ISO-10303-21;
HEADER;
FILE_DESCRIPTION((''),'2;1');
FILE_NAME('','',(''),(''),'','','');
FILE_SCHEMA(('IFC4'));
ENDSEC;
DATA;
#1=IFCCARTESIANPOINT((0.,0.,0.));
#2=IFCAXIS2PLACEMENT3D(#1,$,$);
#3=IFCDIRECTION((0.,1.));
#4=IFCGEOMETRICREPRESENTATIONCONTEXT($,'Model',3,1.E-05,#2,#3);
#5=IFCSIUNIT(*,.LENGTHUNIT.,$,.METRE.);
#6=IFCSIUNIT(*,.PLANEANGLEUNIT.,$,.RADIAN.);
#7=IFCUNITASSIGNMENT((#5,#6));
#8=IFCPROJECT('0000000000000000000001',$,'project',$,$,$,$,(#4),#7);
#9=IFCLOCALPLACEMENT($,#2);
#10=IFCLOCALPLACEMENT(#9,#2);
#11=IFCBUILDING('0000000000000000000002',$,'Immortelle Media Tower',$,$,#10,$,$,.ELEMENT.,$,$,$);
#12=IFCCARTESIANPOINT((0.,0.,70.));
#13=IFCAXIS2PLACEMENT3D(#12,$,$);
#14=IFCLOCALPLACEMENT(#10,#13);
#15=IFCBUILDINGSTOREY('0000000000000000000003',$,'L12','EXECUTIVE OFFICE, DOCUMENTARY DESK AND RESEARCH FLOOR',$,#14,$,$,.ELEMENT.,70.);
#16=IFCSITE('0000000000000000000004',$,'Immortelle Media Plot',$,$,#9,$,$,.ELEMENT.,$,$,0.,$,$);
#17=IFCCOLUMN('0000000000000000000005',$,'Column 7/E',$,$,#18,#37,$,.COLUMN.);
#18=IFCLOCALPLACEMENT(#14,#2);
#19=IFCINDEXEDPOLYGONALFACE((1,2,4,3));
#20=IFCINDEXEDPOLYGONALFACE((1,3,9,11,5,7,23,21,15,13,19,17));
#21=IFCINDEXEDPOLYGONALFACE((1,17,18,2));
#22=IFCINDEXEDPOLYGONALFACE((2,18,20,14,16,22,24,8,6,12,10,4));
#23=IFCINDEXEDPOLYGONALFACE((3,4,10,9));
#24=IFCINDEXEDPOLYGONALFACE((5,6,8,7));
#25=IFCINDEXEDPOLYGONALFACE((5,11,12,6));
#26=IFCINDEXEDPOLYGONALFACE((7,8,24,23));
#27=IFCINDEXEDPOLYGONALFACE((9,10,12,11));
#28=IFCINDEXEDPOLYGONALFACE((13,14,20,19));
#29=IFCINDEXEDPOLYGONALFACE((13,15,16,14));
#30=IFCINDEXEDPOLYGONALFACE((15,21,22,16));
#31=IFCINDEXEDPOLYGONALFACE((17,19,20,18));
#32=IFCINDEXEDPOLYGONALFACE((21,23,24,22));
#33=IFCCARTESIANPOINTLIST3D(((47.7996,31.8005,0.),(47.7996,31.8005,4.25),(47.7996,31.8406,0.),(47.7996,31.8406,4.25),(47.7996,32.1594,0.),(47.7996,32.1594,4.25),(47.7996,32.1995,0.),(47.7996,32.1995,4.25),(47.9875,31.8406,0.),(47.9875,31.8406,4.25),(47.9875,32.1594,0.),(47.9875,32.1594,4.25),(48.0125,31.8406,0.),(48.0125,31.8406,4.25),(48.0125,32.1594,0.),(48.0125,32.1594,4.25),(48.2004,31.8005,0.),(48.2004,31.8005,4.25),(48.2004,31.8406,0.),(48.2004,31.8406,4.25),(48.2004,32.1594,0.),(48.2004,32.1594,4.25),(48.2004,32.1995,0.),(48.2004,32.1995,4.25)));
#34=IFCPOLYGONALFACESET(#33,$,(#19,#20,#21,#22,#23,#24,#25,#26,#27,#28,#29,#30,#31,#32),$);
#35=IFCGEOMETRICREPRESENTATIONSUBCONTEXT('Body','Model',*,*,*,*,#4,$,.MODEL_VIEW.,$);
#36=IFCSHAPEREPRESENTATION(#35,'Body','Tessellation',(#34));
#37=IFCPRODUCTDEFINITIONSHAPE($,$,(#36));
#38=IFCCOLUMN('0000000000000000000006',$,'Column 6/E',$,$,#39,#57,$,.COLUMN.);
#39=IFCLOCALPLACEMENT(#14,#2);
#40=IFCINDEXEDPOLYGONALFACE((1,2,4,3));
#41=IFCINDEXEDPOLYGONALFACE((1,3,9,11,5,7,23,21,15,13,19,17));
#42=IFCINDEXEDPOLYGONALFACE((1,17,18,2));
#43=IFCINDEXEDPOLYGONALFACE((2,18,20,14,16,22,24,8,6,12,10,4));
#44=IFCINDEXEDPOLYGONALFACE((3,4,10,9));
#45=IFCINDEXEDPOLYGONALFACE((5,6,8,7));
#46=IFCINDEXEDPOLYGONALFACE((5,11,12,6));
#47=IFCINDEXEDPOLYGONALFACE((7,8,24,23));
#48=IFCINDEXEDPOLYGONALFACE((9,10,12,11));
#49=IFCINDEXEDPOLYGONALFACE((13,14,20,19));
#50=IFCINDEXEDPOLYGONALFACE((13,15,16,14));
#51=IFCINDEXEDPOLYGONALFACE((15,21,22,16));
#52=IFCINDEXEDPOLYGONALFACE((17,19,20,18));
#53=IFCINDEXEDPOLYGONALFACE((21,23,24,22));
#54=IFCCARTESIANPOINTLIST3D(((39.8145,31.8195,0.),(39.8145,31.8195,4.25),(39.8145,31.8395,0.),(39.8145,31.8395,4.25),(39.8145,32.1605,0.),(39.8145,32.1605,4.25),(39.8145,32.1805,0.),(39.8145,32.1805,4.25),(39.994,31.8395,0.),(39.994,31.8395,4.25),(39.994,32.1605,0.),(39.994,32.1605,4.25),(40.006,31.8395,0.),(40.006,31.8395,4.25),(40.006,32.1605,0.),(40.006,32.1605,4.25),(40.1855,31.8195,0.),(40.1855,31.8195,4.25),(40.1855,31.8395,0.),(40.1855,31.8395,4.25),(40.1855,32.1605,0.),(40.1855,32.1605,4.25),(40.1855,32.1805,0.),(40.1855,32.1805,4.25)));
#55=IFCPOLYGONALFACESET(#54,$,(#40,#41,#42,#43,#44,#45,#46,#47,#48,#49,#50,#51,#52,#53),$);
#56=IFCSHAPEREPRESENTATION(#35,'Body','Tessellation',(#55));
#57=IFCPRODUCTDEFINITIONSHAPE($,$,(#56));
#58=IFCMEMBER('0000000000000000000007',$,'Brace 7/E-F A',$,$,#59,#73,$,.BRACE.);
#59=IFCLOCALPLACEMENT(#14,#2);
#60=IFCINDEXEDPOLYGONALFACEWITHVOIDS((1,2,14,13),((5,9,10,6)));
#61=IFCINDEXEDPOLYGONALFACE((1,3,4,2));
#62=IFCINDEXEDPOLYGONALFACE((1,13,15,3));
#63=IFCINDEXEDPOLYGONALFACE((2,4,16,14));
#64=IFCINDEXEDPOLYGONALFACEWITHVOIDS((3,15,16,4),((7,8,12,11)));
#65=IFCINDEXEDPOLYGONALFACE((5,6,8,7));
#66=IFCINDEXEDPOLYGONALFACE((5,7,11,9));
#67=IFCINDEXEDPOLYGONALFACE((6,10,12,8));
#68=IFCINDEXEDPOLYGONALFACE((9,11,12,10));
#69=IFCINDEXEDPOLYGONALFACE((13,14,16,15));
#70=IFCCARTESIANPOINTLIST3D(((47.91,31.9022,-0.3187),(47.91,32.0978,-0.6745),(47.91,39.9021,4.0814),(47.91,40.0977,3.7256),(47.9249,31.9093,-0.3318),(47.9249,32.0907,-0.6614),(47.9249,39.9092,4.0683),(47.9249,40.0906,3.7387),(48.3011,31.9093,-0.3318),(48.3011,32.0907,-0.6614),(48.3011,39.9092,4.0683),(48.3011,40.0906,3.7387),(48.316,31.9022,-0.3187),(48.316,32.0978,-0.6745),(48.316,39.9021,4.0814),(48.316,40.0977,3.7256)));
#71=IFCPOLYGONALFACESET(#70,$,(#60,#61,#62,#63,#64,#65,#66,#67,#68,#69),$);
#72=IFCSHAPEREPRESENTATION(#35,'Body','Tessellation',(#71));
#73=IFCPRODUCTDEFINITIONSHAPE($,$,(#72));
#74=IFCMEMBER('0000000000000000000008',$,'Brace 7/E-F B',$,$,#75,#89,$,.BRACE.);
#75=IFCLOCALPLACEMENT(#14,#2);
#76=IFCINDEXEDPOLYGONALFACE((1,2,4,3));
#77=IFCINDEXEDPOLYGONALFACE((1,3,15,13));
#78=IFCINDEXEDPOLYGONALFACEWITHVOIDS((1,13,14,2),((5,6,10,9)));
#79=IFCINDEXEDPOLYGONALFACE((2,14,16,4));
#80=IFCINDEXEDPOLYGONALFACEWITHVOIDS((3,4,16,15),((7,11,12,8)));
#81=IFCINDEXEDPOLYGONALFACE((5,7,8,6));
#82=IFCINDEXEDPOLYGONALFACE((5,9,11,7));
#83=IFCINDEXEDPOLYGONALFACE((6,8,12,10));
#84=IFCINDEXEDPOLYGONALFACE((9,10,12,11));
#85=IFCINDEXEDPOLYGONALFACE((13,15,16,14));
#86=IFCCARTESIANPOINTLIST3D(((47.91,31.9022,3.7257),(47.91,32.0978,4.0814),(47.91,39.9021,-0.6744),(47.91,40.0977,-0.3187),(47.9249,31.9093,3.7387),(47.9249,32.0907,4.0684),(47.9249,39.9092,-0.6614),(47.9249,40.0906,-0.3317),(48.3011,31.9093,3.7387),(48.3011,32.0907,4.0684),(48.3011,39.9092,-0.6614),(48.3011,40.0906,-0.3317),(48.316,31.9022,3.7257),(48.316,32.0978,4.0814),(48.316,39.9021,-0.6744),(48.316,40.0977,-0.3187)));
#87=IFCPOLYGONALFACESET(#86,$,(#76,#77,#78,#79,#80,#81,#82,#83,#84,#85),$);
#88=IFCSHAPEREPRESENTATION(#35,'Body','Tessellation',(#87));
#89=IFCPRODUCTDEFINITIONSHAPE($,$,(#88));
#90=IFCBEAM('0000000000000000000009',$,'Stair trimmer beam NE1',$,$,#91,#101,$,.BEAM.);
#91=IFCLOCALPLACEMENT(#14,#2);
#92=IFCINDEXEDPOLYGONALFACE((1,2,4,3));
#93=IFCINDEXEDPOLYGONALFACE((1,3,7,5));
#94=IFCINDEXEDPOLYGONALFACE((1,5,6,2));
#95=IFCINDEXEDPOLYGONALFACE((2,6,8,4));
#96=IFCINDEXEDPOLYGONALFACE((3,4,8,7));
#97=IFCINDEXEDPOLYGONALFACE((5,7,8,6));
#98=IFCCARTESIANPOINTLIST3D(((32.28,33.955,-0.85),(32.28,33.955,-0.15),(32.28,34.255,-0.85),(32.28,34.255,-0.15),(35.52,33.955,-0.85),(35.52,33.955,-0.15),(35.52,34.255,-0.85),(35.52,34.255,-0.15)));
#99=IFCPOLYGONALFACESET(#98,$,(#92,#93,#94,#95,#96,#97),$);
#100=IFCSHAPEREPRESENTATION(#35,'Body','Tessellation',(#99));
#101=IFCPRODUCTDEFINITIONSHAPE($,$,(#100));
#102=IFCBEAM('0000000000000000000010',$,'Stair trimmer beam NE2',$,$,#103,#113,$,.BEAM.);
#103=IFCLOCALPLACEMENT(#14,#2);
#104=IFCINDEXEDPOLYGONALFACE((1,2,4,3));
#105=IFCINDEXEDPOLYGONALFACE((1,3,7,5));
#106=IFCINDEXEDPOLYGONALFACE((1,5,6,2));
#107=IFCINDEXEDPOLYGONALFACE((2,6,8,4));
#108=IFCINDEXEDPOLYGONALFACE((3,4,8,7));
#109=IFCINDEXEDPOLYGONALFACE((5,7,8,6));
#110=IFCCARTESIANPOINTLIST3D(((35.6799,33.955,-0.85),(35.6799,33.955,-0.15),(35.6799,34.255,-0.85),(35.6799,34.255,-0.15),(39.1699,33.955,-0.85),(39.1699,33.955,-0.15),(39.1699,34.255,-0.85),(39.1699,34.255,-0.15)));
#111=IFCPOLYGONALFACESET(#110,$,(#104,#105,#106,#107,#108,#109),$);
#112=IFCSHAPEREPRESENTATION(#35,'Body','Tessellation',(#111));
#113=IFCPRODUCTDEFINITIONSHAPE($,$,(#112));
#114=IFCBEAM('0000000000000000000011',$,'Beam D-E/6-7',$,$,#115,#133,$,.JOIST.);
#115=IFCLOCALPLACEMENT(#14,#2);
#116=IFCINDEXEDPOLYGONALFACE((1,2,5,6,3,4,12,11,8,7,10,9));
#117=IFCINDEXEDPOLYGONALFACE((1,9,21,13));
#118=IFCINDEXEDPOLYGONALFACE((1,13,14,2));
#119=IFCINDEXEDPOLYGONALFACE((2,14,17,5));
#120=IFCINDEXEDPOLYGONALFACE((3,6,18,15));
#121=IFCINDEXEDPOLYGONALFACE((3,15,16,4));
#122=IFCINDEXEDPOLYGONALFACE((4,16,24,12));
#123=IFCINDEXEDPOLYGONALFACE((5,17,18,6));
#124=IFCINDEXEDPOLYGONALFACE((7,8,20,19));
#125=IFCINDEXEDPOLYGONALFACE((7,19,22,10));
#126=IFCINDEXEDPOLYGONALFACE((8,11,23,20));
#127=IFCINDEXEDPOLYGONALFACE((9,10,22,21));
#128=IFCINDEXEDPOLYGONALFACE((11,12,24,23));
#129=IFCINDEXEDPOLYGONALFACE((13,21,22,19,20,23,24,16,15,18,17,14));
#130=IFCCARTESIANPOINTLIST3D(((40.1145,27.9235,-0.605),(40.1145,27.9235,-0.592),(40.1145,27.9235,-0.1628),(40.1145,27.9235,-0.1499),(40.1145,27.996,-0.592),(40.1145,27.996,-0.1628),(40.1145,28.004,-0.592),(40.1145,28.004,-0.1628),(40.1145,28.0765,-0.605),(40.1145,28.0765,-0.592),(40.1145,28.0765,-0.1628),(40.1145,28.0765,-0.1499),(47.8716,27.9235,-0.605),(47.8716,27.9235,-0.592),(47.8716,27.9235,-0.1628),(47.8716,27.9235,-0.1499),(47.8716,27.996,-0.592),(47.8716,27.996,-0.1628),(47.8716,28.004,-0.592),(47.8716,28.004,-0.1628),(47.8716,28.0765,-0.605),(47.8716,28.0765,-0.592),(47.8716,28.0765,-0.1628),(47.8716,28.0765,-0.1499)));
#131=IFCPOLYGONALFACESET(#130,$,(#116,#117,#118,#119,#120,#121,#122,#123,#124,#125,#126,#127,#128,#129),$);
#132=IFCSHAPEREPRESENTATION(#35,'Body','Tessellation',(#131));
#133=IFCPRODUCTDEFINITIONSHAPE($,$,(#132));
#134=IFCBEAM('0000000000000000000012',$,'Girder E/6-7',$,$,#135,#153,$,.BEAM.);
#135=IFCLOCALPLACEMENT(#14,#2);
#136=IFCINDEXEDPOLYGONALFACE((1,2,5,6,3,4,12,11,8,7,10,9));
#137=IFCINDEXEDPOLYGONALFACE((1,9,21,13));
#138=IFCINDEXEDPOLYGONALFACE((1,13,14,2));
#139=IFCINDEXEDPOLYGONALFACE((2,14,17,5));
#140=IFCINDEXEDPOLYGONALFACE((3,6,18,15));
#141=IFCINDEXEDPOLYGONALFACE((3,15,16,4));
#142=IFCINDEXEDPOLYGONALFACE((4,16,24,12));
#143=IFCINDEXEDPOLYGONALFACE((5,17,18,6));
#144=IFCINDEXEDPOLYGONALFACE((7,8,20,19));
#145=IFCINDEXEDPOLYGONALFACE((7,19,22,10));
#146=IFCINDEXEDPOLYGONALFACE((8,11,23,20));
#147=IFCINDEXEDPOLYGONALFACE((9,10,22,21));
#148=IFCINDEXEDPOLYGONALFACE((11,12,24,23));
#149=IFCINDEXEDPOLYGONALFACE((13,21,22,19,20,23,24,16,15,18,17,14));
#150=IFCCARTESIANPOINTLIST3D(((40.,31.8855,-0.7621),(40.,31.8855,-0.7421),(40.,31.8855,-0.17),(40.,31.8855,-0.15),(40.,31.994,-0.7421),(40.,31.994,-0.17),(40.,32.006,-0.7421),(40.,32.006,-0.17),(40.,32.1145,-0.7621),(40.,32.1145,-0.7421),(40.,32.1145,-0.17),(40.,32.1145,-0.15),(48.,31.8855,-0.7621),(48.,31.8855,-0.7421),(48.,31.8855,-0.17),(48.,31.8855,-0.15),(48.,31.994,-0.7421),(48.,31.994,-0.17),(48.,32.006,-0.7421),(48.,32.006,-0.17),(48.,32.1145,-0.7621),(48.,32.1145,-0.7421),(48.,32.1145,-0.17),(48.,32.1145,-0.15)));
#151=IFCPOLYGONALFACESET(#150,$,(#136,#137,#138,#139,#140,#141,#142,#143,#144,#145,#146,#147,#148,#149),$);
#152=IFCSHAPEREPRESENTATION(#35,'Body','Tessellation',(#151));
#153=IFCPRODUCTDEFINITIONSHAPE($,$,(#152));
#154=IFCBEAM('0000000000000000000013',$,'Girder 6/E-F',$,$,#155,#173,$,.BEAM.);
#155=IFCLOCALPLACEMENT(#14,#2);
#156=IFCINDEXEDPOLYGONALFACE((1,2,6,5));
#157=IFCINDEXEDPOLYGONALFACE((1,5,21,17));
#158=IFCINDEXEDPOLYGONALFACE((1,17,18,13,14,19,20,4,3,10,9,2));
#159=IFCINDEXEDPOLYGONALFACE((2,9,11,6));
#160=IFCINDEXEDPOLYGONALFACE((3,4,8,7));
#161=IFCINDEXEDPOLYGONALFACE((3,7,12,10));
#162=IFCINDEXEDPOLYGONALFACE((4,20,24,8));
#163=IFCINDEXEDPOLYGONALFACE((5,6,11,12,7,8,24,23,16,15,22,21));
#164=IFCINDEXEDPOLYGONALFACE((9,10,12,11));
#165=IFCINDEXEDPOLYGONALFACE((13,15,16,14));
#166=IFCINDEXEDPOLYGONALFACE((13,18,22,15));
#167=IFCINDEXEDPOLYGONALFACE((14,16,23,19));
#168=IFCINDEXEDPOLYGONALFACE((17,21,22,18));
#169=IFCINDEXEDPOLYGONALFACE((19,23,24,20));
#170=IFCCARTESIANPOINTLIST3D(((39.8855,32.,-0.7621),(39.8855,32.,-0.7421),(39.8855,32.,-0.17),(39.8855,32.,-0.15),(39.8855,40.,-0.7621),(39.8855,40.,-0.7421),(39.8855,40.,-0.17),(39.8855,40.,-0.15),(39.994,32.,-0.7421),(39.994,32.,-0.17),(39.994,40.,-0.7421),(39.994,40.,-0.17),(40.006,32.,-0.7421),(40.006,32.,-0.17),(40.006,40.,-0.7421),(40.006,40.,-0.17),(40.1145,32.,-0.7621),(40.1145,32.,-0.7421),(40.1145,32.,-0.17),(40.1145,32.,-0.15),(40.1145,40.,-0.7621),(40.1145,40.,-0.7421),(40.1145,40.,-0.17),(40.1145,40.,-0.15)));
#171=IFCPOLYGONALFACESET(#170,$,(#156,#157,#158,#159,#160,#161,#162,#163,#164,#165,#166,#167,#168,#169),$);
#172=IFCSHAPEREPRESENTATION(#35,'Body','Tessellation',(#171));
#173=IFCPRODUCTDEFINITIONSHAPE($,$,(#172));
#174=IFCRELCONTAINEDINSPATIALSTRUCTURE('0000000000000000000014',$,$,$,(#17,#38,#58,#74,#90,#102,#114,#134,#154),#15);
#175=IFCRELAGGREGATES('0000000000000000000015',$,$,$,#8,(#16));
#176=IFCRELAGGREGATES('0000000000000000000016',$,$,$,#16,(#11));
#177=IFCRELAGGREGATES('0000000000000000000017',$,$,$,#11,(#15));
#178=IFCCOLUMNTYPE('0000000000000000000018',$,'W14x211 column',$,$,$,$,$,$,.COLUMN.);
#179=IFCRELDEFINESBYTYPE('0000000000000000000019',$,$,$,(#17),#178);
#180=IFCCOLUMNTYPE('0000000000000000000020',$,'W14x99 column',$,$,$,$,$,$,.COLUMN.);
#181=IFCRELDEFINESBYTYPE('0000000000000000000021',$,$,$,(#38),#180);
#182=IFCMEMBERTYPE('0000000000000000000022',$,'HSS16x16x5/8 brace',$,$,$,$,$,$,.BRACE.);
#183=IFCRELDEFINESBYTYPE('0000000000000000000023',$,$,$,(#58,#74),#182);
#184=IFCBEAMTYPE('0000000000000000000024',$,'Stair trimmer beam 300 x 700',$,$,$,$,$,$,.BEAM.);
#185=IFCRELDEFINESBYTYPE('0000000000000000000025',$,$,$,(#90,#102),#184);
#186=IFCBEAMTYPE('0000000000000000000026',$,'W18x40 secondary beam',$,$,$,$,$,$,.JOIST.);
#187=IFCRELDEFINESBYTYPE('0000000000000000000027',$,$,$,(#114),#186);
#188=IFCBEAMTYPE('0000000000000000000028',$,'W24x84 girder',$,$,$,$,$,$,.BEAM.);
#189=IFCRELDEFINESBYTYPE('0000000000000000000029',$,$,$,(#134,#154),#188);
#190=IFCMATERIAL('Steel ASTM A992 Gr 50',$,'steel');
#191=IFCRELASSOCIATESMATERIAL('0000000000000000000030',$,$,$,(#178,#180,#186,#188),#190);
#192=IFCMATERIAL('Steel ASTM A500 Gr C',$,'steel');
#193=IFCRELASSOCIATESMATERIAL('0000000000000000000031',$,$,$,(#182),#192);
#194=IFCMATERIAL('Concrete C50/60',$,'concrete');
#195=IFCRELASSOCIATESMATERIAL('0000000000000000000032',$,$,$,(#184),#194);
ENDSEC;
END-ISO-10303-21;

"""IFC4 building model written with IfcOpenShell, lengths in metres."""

from ifc_helpers import new_model, si_unit, direction, frame, origin, origin_2d, place, context, subcontext, project, spatial, rectangle, hollow_rectangle, i_section, extrude, material, material_profile, profile_set, type_object, element, save


model = new_model("IFC4")

# Units and contexts
model_context = context("Model", 3, precision=1e-05, world=origin(), true_north=direction((0.0, 1.0)))
body_context = subcontext(model_context, "Body", "Model", "MODEL_VIEW")
ifc_project = project(units=[si_unit("LENGTHUNIT", "METRE"), si_unit("PLANEANGLEUNIT", "RADIAN")], contexts=[model_context])

# Site, building, storey
site_placement = place(None, origin())
site = spatial("IfcSite", under=ifc_project, at=site_placement, Name="Immortelle Media Plot", CompositionType="ELEMENT", RefElevation=0.0)
building_placement = place(site_placement, origin())
building = spatial("IfcBuilding", under=site, at=building_placement, Name="Immortelle Media Tower", CompositionType="ELEMENT")
storey_placement = place(building_placement, frame((0.0, 0.0, 70.0)))
storey = spatial("IfcBuildingStorey", under=building, at=storey_placement, Name="L12", Description="EXECUTIVE OFFICE, DOCUMENTARY DESK AND RESEARCH FLOOR", CompositionType="ELEMENT", Elevation=70.0)

# Columns
ifc_material_1 = material(Name="Steel ASTM A992 Gr 50", Category="steel")
ifc_material_profile_1 = material_profile(ifc_material_1, i_section(OverallWidth=0.4009, OverallDepth=0.3989, WebThickness=0.0249, FlangeThickness=0.04, at=origin_2d()), Name="W14x211")
ifc_profile_set_1 = profile_set([ifc_material_profile_1], Name="Steel ASTM A992 Gr 50")
column_type_1 = type_object("IfcColumnType", Name="W14x211 column", PredefinedType="COLUMN", material=ifc_profile_set_1)
column_1_placement = place(storey_placement, frame((48.0, 32.0, 0.0), z_axis=(0.0, 0.0, 1.0), x_axis=(1.0, 0.0, 0.0)))
element("IfcColumn", 1, at=column_1_placement, inside=storey, type_object=column_type_1, Name="Column 7/E", PredefinedType="COLUMN", context=body_context, shape_type="SweptSolid", body=[
    extrude(i_section(OverallWidth=0.4009, OverallDepth=0.3989, WebThickness=0.0249, FlangeThickness=0.04, at=origin_2d()), origin(), (0.0, 0.0, 1.0), 4.25),
])
ifc_material_profile_2 = material_profile(ifc_material_1, i_section(OverallWidth=0.3711, OverallDepth=0.3611, WebThickness=0.012, FlangeThickness=0.02, at=origin_2d()), Name="W14x99")
ifc_profile_set_2 = profile_set([ifc_material_profile_2], Name="Steel ASTM A992 Gr 50")
column_type_2 = type_object("IfcColumnType", Name="W14x99 column", PredefinedType="COLUMN", material=ifc_profile_set_2)
column_2_placement = place(storey_placement, frame((40.0, 32.0, 0.0), z_axis=(0.0, 0.0, 1.0), x_axis=(1.0, 0.0, 0.0)))
element("IfcColumn", 2, at=column_2_placement, inside=storey, type_object=column_type_2, Name="Column 6/E", PredefinedType="COLUMN", context=body_context, shape_type="SweptSolid", body=[
    extrude(i_section(OverallWidth=0.3711, OverallDepth=0.3611, WebThickness=0.012, FlangeThickness=0.02, at=origin_2d()), origin(), (0.0, 0.0, 1.0), 4.25),
])

# Members
ifc_material_2 = material(Name="Steel ASTM A500 Gr C", Category="steel")
ifc_material_profile_3 = material_profile(ifc_material_2, hollow_rectangle(XDim=0.406, YDim=0.406, WallThickness=0.0149, at=origin_2d()), Name="HSS16x16x5/8 brace")
ifc_profile_set_3 = profile_set([ifc_material_profile_3], Name="Steel ASTM A500 Gr C")
member_type = type_object("IfcMemberType", Name="HSS16x16x5/8 brace", PredefinedType="BRACE", material=ifc_profile_set_3)
for number, where, z_axis, x_axis, name in (
    (3, (48.113, 32.0, -0.4966), (0.0, 0.876209, 0.481931), (-1.0, 0.0, 0.0), "Brace 7/E-F A"),
    (4, (48.113, 32.0, 3.9036), (0.0, 0.876209, -0.481931), (-1.0, 0.0, 0.0), "Brace 7/E-F B"),
):
    element("IfcMember", number, at=place(storey_placement, frame(where, z_axis=z_axis, x_axis=x_axis)), inside=storey, type_object=member_type, Name=name, PredefinedType="BRACE", context=body_context, shape_type="SweptSolid", body=[
        extrude(hollow_rectangle(XDim=0.406, YDim=0.406, WallThickness=0.0149, at=origin_2d()), origin(), (0.0, 0.0, 1.0), 9.1301),
    ])

# Beams
ifc_material_3 = material(Name="Concrete C50/60", Category="concrete")
ifc_material_profile_4 = material_profile(ifc_material_3, rectangle(XDim=0.3, YDim=0.7, at=origin_2d()), Name="RC 300x700")
ifc_profile_set_4 = profile_set([ifc_material_profile_4], Name="Concrete C50/60")
beam_type_1 = type_object("IfcBeamType", Name="Stair trimmer beam 300 x 700", PredefinedType="BEAM", material=ifc_profile_set_4)
beam_1_placement = place(storey_placement, frame((32.28, 34.105, -0.5), z_axis=(1.0, 0.0, 0.0), x_axis=(0.0, 1.0, 0.0)))
element("IfcBeam", 5, at=beam_1_placement, inside=storey, type_object=beam_type_1, Name="Stair trimmer beam NE1", PredefinedType="BEAM", context=body_context, shape_type="SweptSolid", body=[
    extrude(rectangle(XDim=0.3, YDim=0.7, at=origin_2d()), origin(), (0.0, 0.0, 1.0), 3.24),
])
beam_2_placement = place(storey_placement, frame((35.6799, 34.105, -0.5), z_axis=(1.0, 0.0, 0.0), x_axis=(0.0, 1.0, 0.0)))
element("IfcBeam", 6, at=beam_2_placement, inside=storey, type_object=beam_type_1, Name="Stair trimmer beam NE2", PredefinedType="BEAM", context=body_context, shape_type="SweptSolid", body=[
    extrude(rectangle(XDim=0.3, YDim=0.7, at=origin_2d()), origin(), (0.0, 0.0, 1.0), 3.49),
])
ifc_material_profile_5 = material_profile(ifc_material_1, i_section(OverallWidth=0.1531, OverallDepth=0.4551, WebThickness=0.0081, FlangeThickness=0.0129, at=origin_2d()), Name="W18x40")
ifc_profile_set_5 = profile_set([ifc_material_profile_5], Name="Steel ASTM A992 Gr 50")
beam_type_2 = type_object("IfcBeamType", Name="W18x40 secondary beam", PredefinedType="JOIST", material=ifc_profile_set_5)
beam_3_placement = place(storey_placement, frame((40.1145, 28.0, -0.3774), z_axis=(1.0, 0.0, 0.0), x_axis=(0.0, 1.0, 0.0)))
element("IfcBeam", 7, at=beam_3_placement, inside=storey, type_object=beam_type_2, Name="Beam D-E/6-7", PredefinedType="JOIST", context=body_context, shape_type="SweptSolid", body=[
    extrude(i_section(OverallWidth=0.1531, OverallDepth=0.4551, WebThickness=0.0081, FlangeThickness=0.0129, at=origin_2d()), origin(), (0.0, 0.0, 1.0), 7.7571),
])
ifc_material_profile_6 = material_profile(ifc_material_1, i_section(OverallWidth=0.229, OverallDepth=0.6121, WebThickness=0.012, FlangeThickness=0.02, at=origin_2d()), Name="W24x84")
ifc_profile_set_6 = profile_set([ifc_material_profile_6], Name="Steel ASTM A992 Gr 50")
beam_type_3 = type_object("IfcBeamType", Name="W24x84 girder", PredefinedType="BEAM", material=ifc_profile_set_6)
for number, where, z_axis, x_axis, name in (
    (8, (40.0, 32.0, -0.4561), (1.0, 0.0, 0.0), (0.0, 1.0, 0.0), "Girder E/6-7"),
    (9, (40.0, 32.0, -0.4561), (0.0, 1.0, 0.0), (-1.0, 0.0, 0.0), "Girder 6/E-F"),
):
    element("IfcBeam", number, at=place(storey_placement, frame(where, z_axis=z_axis, x_axis=x_axis)), inside=storey, type_object=beam_type_3, Name=name, PredefinedType="BEAM", context=body_context, shape_type="SweptSolid", body=[
        extrude(i_section(OverallWidth=0.229, OverallDepth=0.6121, WebThickness=0.012, FlangeThickness=0.02, at=origin_2d()), origin(), (0.0, 0.0, 1.0), 8.0),
    ])

save(model, "model.ifc")
